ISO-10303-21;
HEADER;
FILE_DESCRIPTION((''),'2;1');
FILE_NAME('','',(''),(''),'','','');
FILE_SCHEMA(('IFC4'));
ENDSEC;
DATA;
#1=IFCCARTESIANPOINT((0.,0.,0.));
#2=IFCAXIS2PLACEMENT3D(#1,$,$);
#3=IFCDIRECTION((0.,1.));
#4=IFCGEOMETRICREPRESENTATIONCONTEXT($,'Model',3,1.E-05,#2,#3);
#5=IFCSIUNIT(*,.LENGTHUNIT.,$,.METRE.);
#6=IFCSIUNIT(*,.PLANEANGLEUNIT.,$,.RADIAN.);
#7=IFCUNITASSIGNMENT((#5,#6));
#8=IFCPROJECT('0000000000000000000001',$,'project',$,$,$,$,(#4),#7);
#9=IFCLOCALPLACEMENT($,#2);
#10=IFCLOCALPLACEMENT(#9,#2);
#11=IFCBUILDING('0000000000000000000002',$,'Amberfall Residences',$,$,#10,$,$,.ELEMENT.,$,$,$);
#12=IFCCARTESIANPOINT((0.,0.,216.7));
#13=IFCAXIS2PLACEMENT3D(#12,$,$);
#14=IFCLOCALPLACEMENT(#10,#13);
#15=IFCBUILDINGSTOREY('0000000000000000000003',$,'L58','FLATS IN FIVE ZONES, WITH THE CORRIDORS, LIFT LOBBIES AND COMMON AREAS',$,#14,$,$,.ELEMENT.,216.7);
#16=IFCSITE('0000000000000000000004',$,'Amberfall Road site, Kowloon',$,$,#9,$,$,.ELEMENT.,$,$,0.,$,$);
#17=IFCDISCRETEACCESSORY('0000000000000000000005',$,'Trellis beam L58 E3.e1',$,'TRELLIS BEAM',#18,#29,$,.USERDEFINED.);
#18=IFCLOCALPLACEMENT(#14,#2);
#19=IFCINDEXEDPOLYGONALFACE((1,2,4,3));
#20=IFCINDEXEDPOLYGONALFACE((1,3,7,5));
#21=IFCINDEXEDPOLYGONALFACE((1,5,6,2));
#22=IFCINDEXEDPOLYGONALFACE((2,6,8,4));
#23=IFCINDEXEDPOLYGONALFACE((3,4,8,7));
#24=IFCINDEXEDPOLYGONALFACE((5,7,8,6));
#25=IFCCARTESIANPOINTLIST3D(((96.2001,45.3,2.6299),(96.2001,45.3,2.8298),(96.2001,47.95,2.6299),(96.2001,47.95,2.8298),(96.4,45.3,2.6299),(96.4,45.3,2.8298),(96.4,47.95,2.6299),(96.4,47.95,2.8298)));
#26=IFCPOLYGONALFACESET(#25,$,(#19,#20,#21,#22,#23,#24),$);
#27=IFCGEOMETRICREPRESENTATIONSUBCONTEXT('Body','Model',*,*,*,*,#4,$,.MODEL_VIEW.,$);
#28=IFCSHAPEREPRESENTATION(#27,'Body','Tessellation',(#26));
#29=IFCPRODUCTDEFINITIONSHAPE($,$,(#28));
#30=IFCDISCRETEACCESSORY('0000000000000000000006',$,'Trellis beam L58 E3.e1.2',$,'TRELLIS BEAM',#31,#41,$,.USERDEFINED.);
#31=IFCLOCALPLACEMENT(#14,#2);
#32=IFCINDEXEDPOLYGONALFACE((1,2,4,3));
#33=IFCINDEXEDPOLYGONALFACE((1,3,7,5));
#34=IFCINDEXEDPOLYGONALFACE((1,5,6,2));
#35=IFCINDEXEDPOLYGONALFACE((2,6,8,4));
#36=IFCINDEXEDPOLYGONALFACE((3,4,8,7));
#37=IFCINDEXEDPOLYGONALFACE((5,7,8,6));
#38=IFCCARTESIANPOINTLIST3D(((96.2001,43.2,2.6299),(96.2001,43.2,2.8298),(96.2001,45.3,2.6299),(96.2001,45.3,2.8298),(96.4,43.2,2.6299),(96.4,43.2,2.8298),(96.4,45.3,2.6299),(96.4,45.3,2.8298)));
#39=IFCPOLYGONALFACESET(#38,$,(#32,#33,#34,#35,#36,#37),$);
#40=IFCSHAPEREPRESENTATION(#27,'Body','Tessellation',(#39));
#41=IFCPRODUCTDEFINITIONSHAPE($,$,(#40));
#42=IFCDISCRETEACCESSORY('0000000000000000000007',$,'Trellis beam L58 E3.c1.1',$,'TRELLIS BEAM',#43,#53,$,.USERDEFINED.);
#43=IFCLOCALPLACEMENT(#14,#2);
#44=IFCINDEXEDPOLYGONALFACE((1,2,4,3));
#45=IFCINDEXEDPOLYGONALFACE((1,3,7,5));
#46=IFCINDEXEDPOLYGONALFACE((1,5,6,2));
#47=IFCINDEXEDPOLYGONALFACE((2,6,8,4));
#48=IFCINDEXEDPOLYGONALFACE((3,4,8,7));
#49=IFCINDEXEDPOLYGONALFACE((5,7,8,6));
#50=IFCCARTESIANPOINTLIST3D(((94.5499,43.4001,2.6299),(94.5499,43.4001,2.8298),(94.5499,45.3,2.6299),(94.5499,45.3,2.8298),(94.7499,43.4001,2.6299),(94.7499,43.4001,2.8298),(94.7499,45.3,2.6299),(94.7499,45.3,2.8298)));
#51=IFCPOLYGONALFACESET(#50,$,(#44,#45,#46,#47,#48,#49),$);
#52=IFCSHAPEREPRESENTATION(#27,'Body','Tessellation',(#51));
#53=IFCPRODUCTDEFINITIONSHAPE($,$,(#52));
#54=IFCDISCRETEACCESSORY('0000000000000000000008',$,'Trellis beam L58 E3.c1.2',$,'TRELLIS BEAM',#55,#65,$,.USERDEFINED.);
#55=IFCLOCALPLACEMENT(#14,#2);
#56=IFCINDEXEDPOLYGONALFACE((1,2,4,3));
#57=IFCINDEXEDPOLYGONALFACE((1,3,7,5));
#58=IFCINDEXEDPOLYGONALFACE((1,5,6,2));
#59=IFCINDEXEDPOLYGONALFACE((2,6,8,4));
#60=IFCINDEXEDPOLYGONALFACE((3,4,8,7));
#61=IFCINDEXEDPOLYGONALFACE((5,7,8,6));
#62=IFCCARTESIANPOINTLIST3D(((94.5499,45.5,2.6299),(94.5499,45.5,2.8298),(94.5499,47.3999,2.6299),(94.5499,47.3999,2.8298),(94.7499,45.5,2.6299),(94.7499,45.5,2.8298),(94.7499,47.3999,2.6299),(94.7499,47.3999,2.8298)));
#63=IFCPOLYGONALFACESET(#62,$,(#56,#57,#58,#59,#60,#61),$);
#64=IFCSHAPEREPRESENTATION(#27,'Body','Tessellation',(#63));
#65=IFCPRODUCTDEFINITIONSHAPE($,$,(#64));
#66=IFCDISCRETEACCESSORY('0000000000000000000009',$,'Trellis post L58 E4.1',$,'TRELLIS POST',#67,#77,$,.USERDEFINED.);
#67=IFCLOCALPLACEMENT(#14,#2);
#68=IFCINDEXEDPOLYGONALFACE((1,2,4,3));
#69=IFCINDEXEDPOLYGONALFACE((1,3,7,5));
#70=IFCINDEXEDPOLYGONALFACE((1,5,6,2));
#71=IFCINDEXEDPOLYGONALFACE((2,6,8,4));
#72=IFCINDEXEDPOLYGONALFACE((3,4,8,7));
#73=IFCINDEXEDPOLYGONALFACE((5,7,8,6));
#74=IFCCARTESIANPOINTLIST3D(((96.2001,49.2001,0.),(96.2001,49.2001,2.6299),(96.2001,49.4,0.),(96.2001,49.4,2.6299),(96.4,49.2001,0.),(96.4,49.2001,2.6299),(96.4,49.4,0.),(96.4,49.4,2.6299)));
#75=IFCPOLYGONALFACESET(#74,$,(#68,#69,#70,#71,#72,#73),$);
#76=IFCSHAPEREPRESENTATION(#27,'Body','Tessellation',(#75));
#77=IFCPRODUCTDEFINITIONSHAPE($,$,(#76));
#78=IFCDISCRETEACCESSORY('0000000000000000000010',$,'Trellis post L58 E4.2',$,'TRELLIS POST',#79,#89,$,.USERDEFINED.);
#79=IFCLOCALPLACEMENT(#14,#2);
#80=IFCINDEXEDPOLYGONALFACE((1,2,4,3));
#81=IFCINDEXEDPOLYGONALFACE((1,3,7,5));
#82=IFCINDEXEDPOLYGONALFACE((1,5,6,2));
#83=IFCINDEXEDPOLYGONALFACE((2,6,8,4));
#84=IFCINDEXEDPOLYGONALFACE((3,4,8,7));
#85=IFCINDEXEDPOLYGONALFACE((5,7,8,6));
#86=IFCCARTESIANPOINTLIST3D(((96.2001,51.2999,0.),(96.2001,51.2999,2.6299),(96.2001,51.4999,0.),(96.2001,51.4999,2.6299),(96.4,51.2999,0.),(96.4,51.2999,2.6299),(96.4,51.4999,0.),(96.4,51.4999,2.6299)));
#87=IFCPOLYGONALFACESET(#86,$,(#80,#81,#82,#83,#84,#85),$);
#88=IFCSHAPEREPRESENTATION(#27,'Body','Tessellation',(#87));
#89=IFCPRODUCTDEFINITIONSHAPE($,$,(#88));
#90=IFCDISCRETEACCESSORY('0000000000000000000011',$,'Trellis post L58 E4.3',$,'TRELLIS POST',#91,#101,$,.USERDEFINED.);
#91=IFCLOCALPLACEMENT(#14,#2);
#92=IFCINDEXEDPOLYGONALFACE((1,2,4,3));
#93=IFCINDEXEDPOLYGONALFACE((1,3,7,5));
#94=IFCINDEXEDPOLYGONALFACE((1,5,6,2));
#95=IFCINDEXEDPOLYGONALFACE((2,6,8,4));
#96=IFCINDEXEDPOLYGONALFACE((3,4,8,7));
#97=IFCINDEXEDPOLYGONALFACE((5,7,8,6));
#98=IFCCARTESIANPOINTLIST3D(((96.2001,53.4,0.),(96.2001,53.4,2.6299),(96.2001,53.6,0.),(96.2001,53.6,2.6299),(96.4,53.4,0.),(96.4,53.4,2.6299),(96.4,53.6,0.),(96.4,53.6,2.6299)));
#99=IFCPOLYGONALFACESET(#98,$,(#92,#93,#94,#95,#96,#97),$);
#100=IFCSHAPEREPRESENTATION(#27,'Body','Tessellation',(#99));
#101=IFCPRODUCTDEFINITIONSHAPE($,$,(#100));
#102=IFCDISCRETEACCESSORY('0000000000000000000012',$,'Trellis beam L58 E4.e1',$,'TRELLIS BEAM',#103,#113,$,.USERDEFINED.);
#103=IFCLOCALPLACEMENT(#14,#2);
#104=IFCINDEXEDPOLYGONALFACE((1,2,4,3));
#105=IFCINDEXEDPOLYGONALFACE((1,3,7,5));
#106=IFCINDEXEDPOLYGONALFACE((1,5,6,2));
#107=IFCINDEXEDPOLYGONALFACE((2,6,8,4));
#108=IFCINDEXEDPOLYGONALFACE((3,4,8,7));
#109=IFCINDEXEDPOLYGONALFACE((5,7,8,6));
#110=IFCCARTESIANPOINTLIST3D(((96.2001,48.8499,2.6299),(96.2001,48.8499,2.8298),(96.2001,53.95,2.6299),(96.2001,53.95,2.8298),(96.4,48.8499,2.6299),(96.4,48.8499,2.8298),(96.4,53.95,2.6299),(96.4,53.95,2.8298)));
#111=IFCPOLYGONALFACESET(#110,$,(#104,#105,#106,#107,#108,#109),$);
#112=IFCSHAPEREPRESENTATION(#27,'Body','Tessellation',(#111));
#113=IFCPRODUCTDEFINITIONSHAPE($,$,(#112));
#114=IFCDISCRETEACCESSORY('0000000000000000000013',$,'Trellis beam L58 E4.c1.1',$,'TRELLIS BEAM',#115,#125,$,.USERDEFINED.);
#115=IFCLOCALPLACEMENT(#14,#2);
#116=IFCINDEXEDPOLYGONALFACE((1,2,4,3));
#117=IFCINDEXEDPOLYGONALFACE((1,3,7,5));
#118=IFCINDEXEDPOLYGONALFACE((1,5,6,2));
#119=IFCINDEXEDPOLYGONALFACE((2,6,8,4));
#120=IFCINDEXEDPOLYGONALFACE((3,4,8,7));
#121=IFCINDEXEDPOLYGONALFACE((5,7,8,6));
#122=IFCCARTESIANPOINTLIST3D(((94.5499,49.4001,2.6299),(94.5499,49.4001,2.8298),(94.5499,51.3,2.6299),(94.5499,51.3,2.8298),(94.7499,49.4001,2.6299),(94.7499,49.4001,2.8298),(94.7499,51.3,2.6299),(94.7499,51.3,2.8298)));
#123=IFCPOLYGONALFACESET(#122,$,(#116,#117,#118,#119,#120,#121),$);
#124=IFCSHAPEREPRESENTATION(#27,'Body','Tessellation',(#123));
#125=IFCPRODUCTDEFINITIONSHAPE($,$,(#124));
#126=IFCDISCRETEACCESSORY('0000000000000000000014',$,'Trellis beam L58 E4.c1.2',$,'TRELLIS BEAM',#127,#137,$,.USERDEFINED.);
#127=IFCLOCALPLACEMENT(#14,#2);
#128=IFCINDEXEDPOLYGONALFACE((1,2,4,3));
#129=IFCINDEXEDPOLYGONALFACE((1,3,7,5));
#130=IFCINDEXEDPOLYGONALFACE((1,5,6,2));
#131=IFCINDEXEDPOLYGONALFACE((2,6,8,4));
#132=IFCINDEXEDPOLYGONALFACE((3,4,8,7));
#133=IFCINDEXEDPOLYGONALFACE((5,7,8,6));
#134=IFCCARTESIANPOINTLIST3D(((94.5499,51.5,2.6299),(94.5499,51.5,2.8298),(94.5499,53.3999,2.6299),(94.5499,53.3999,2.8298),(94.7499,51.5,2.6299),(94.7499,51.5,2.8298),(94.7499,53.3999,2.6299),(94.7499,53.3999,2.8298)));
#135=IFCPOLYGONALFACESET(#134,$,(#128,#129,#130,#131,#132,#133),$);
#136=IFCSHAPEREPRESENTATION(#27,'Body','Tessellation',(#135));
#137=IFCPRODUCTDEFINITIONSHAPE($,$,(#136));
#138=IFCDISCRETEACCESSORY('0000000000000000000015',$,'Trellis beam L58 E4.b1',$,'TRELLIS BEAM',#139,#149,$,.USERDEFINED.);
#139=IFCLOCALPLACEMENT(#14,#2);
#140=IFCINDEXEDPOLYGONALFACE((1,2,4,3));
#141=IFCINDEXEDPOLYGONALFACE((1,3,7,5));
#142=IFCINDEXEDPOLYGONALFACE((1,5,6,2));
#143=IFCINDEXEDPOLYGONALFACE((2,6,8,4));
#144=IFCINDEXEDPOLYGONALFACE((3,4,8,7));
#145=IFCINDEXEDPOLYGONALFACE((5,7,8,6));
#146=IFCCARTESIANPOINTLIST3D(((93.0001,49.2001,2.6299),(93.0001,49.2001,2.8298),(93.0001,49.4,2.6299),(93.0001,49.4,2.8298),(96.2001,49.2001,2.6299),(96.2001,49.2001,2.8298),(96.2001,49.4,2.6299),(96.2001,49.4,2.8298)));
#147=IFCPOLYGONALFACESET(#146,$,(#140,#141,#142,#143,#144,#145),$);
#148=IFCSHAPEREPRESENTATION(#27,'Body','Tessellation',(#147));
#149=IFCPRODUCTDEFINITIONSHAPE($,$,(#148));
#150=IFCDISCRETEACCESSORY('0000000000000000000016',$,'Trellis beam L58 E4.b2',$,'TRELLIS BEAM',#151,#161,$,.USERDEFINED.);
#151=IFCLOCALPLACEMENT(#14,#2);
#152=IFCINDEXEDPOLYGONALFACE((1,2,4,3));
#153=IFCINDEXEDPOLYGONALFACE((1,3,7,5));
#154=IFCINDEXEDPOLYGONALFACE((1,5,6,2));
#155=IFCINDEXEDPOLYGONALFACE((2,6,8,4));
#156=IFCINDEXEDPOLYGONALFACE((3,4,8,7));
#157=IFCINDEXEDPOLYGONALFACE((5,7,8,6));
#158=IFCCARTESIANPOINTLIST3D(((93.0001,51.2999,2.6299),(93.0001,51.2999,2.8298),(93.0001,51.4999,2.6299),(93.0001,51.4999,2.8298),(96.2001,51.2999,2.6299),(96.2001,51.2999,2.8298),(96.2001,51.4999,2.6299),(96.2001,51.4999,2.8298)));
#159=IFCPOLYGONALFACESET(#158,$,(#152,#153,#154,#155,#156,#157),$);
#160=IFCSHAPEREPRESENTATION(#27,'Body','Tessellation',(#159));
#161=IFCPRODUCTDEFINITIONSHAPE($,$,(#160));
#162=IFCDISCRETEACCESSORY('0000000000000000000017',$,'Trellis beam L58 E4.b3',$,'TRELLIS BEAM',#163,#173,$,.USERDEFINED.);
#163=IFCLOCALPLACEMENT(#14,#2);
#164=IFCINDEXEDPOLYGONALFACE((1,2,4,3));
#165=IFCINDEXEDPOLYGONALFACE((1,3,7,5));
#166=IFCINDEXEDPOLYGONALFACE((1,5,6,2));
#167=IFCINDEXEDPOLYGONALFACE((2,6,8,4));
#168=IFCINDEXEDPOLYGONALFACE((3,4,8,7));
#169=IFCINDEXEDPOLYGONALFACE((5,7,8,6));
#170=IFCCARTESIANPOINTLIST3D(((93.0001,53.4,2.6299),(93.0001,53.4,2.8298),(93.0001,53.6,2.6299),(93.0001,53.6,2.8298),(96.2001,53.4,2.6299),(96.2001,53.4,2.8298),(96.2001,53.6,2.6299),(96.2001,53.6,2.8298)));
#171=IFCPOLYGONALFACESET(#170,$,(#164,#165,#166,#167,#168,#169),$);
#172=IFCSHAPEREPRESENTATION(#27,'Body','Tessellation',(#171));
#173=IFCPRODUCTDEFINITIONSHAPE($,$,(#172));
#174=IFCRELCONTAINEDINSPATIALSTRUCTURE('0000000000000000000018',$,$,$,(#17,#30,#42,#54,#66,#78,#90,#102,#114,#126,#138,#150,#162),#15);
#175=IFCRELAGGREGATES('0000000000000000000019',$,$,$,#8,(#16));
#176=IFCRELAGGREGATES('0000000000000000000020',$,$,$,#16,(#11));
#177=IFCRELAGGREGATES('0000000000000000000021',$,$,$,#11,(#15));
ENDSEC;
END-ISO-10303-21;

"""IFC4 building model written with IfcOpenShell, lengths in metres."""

from ifc_helpers import new_model, si_unit, direction, frame, origin, origin_2d, place, context, subcontext, project, spatial, rectangle, extrude, element, save


model = new_model("IFC4")

# Units and contexts
model_context = context("Model", 3, precision=1e-05, world=origin(), true_north=direction((0.0, 1.0)))
body_context = subcontext(model_context, "Body", "Model", "MODEL_VIEW")
ifc_project = project(units=[si_unit("LENGTHUNIT", "METRE"), si_unit("PLANEANGLEUNIT", "RADIAN")], contexts=[model_context])

# Site, building, storey
site_placement = place(None, origin())
site = spatial("IfcSite", under=ifc_project, at=site_placement, Name="Amberfall Road site, Kowloon", CompositionType="ELEMENT", RefElevation=0.0)
building_placement = place(site_placement, origin())
building = spatial("IfcBuilding", under=site, at=building_placement, Name="Amberfall Residences", CompositionType="ELEMENT")
storey_placement = place(building_placement, frame((0.0, 0.0, 216.7)))
storey = spatial("IfcBuildingStorey", under=building, at=storey_placement, Name="L58", Description="FLATS IN FIVE ZONES, WITH THE CORRIDORS, LIFT LOBBIES AND COMMON AREAS", CompositionType="ELEMENT", Elevation=216.7)

# Discrete accessories
discrete_accessory_1_placement = place(storey_placement, frame((96.3, 46.625, 2.6299), z_axis=(0.0, 0.0, 1.0), x_axis=(0.0, 1.0, 0.0)))
element("IfcDiscreteAccessory", 1, at=discrete_accessory_1_placement, inside=storey, Name="Trellis beam L58 E3.e1", ObjectType="TRELLIS BEAM", PredefinedType="USERDEFINED", context=body_context, shape_type="SweptSolid", body=[
    extrude(rectangle(XDim=2.6499, YDim=0.2, at=origin_2d()), origin(), (0.0, 0.0, 1.0), 0.2),
])
discrete_accessory_2_placement = place(storey_placement, frame((96.3, 44.25, 2.6299), z_axis=(0.0, 0.0, 1.0), x_axis=(0.0, 1.0, 0.0)))
element("IfcDiscreteAccessory", 2, at=discrete_accessory_2_placement, inside=storey, Name="Trellis beam L58 E3.e1.2", ObjectType="TRELLIS BEAM", PredefinedType="USERDEFINED", context=body_context, shape_type="SweptSolid", body=[
    extrude(rectangle(XDim=2.1001, YDim=0.2, at=origin_2d()), origin(), (0.0, 0.0, 1.0), 0.2),
])
for number, where, z_axis, x_axis, name in (
    (3, (94.6499, 44.3501, 2.6299), (0.0, 0.0, 1.0), (0.0, 1.0, 0.0), "Trellis beam L58 E3.c1.1"),
    (4, (94.6499, 46.45, 2.6299), (0.0, 0.0, 1.0), (0.0, 1.0, 0.0), "Trellis beam L58 E3.c1.2"),
):
    element("IfcDiscreteAccessory", number, at=place(storey_placement, frame(where, z_axis=z_axis, x_axis=x_axis)), inside=storey, Name=name, ObjectType="TRELLIS BEAM", PredefinedType="USERDEFINED", context=body_context, shape_type="SweptSolid", body=[
        extrude(rectangle(XDim=1.8999, YDim=0.2, at=origin_2d()), origin(), (0.0, 0.0, 1.0), 0.2),
    ])
for number, where, z_axis, x_axis, name in (
    (5, (96.3, 49.3, 0.0), (0.0, 0.0, 1.0), (1.0, 0.0, 0.0), "Trellis post L58 E4.1"),
    (6, (96.3, 51.3999, 0.0), (0.0, 0.0, 1.0), (1.0, 0.0, 0.0), "Trellis post L58 E4.2"),
    (7, (96.3, 53.5, 0.0), (0.0, 0.0, 1.0), (1.0, 0.0, 0.0), "Trellis post L58 E4.3"),
):
    element("IfcDiscreteAccessory", number, at=place(storey_placement, frame(where, z_axis=z_axis, x_axis=x_axis)), inside=storey, Name=name, ObjectType="TRELLIS POST", PredefinedType="USERDEFINED", context=body_context, shape_type="SweptSolid", body=[
        extrude(rectangle(XDim=0.2, YDim=0.2, at=origin_2d()), origin(), (0.0, 0.0, 1.0), 2.6299),
    ])
discrete_accessory_3_placement = place(storey_placement, frame((96.3, 51.3999, 2.6299), z_axis=(0.0, 0.0, 1.0), x_axis=(0.0, 1.0, 0.0)))
element("IfcDiscreteAccessory", 8, at=discrete_accessory_3_placement, inside=storey, Name="Trellis beam L58 E4.e1", ObjectType="TRELLIS BEAM", PredefinedType="USERDEFINED", context=body_context, shape_type="SweptSolid", body=[
    extrude(rectangle(XDim=5.1001, YDim=0.2, at=origin_2d()), origin(), (0.0, 0.0, 1.0), 0.2),
])
for number, where, z_axis, x_axis, name in (
    (9, (94.6499, 50.3501, 2.6299), (0.0, 0.0, 1.0), (0.0, 1.0, 0.0), "Trellis beam L58 E4.c1.1"),
    (10, (94.6499, 52.45, 2.6299), (0.0, 0.0, 1.0), (0.0, 1.0, 0.0), "Trellis beam L58 E4.c1.2"),
):
    element("IfcDiscreteAccessory", number, at=place(storey_placement, frame(where, z_axis=z_axis, x_axis=x_axis)), inside=storey, Name=name, ObjectType="TRELLIS BEAM", PredefinedType="USERDEFINED", context=body_context, shape_type="SweptSolid", body=[
        extrude(rectangle(XDim=1.8999, YDim=0.2, at=origin_2d()), origin(), (0.0, 0.0, 1.0), 0.2),
    ])
for number, where, z_axis, x_axis, name in (
    (11, (94.6001, 49.3, 2.6299), (0.0, 0.0, 1.0), (-1.0, 0.0, 0.0), "Trellis beam L58 E4.b1"),
    (12, (94.6001, 51.3999, 2.6299), (0.0, 0.0, 1.0), (-1.0, 0.0, 0.0), "Trellis beam L58 E4.b2"),
    (13, (94.6001, 53.5, 2.6299), (0.0, 0.0, 1.0), (-1.0, 0.0, 0.0), "Trellis beam L58 E4.b3"),
):
    element("IfcDiscreteAccessory", number, at=place(storey_placement, frame(where, z_axis=z_axis, x_axis=x_axis)), inside=storey, Name=name, ObjectType="TRELLIS BEAM", PredefinedType="USERDEFINED", context=body_context, shape_type="SweptSolid", body=[
        extrude(rectangle(XDim=3.2, YDim=0.2, at=origin_2d()), origin(), (0.0, 0.0, 1.0), 0.2),
    ])

save(model, "model.ifc")
